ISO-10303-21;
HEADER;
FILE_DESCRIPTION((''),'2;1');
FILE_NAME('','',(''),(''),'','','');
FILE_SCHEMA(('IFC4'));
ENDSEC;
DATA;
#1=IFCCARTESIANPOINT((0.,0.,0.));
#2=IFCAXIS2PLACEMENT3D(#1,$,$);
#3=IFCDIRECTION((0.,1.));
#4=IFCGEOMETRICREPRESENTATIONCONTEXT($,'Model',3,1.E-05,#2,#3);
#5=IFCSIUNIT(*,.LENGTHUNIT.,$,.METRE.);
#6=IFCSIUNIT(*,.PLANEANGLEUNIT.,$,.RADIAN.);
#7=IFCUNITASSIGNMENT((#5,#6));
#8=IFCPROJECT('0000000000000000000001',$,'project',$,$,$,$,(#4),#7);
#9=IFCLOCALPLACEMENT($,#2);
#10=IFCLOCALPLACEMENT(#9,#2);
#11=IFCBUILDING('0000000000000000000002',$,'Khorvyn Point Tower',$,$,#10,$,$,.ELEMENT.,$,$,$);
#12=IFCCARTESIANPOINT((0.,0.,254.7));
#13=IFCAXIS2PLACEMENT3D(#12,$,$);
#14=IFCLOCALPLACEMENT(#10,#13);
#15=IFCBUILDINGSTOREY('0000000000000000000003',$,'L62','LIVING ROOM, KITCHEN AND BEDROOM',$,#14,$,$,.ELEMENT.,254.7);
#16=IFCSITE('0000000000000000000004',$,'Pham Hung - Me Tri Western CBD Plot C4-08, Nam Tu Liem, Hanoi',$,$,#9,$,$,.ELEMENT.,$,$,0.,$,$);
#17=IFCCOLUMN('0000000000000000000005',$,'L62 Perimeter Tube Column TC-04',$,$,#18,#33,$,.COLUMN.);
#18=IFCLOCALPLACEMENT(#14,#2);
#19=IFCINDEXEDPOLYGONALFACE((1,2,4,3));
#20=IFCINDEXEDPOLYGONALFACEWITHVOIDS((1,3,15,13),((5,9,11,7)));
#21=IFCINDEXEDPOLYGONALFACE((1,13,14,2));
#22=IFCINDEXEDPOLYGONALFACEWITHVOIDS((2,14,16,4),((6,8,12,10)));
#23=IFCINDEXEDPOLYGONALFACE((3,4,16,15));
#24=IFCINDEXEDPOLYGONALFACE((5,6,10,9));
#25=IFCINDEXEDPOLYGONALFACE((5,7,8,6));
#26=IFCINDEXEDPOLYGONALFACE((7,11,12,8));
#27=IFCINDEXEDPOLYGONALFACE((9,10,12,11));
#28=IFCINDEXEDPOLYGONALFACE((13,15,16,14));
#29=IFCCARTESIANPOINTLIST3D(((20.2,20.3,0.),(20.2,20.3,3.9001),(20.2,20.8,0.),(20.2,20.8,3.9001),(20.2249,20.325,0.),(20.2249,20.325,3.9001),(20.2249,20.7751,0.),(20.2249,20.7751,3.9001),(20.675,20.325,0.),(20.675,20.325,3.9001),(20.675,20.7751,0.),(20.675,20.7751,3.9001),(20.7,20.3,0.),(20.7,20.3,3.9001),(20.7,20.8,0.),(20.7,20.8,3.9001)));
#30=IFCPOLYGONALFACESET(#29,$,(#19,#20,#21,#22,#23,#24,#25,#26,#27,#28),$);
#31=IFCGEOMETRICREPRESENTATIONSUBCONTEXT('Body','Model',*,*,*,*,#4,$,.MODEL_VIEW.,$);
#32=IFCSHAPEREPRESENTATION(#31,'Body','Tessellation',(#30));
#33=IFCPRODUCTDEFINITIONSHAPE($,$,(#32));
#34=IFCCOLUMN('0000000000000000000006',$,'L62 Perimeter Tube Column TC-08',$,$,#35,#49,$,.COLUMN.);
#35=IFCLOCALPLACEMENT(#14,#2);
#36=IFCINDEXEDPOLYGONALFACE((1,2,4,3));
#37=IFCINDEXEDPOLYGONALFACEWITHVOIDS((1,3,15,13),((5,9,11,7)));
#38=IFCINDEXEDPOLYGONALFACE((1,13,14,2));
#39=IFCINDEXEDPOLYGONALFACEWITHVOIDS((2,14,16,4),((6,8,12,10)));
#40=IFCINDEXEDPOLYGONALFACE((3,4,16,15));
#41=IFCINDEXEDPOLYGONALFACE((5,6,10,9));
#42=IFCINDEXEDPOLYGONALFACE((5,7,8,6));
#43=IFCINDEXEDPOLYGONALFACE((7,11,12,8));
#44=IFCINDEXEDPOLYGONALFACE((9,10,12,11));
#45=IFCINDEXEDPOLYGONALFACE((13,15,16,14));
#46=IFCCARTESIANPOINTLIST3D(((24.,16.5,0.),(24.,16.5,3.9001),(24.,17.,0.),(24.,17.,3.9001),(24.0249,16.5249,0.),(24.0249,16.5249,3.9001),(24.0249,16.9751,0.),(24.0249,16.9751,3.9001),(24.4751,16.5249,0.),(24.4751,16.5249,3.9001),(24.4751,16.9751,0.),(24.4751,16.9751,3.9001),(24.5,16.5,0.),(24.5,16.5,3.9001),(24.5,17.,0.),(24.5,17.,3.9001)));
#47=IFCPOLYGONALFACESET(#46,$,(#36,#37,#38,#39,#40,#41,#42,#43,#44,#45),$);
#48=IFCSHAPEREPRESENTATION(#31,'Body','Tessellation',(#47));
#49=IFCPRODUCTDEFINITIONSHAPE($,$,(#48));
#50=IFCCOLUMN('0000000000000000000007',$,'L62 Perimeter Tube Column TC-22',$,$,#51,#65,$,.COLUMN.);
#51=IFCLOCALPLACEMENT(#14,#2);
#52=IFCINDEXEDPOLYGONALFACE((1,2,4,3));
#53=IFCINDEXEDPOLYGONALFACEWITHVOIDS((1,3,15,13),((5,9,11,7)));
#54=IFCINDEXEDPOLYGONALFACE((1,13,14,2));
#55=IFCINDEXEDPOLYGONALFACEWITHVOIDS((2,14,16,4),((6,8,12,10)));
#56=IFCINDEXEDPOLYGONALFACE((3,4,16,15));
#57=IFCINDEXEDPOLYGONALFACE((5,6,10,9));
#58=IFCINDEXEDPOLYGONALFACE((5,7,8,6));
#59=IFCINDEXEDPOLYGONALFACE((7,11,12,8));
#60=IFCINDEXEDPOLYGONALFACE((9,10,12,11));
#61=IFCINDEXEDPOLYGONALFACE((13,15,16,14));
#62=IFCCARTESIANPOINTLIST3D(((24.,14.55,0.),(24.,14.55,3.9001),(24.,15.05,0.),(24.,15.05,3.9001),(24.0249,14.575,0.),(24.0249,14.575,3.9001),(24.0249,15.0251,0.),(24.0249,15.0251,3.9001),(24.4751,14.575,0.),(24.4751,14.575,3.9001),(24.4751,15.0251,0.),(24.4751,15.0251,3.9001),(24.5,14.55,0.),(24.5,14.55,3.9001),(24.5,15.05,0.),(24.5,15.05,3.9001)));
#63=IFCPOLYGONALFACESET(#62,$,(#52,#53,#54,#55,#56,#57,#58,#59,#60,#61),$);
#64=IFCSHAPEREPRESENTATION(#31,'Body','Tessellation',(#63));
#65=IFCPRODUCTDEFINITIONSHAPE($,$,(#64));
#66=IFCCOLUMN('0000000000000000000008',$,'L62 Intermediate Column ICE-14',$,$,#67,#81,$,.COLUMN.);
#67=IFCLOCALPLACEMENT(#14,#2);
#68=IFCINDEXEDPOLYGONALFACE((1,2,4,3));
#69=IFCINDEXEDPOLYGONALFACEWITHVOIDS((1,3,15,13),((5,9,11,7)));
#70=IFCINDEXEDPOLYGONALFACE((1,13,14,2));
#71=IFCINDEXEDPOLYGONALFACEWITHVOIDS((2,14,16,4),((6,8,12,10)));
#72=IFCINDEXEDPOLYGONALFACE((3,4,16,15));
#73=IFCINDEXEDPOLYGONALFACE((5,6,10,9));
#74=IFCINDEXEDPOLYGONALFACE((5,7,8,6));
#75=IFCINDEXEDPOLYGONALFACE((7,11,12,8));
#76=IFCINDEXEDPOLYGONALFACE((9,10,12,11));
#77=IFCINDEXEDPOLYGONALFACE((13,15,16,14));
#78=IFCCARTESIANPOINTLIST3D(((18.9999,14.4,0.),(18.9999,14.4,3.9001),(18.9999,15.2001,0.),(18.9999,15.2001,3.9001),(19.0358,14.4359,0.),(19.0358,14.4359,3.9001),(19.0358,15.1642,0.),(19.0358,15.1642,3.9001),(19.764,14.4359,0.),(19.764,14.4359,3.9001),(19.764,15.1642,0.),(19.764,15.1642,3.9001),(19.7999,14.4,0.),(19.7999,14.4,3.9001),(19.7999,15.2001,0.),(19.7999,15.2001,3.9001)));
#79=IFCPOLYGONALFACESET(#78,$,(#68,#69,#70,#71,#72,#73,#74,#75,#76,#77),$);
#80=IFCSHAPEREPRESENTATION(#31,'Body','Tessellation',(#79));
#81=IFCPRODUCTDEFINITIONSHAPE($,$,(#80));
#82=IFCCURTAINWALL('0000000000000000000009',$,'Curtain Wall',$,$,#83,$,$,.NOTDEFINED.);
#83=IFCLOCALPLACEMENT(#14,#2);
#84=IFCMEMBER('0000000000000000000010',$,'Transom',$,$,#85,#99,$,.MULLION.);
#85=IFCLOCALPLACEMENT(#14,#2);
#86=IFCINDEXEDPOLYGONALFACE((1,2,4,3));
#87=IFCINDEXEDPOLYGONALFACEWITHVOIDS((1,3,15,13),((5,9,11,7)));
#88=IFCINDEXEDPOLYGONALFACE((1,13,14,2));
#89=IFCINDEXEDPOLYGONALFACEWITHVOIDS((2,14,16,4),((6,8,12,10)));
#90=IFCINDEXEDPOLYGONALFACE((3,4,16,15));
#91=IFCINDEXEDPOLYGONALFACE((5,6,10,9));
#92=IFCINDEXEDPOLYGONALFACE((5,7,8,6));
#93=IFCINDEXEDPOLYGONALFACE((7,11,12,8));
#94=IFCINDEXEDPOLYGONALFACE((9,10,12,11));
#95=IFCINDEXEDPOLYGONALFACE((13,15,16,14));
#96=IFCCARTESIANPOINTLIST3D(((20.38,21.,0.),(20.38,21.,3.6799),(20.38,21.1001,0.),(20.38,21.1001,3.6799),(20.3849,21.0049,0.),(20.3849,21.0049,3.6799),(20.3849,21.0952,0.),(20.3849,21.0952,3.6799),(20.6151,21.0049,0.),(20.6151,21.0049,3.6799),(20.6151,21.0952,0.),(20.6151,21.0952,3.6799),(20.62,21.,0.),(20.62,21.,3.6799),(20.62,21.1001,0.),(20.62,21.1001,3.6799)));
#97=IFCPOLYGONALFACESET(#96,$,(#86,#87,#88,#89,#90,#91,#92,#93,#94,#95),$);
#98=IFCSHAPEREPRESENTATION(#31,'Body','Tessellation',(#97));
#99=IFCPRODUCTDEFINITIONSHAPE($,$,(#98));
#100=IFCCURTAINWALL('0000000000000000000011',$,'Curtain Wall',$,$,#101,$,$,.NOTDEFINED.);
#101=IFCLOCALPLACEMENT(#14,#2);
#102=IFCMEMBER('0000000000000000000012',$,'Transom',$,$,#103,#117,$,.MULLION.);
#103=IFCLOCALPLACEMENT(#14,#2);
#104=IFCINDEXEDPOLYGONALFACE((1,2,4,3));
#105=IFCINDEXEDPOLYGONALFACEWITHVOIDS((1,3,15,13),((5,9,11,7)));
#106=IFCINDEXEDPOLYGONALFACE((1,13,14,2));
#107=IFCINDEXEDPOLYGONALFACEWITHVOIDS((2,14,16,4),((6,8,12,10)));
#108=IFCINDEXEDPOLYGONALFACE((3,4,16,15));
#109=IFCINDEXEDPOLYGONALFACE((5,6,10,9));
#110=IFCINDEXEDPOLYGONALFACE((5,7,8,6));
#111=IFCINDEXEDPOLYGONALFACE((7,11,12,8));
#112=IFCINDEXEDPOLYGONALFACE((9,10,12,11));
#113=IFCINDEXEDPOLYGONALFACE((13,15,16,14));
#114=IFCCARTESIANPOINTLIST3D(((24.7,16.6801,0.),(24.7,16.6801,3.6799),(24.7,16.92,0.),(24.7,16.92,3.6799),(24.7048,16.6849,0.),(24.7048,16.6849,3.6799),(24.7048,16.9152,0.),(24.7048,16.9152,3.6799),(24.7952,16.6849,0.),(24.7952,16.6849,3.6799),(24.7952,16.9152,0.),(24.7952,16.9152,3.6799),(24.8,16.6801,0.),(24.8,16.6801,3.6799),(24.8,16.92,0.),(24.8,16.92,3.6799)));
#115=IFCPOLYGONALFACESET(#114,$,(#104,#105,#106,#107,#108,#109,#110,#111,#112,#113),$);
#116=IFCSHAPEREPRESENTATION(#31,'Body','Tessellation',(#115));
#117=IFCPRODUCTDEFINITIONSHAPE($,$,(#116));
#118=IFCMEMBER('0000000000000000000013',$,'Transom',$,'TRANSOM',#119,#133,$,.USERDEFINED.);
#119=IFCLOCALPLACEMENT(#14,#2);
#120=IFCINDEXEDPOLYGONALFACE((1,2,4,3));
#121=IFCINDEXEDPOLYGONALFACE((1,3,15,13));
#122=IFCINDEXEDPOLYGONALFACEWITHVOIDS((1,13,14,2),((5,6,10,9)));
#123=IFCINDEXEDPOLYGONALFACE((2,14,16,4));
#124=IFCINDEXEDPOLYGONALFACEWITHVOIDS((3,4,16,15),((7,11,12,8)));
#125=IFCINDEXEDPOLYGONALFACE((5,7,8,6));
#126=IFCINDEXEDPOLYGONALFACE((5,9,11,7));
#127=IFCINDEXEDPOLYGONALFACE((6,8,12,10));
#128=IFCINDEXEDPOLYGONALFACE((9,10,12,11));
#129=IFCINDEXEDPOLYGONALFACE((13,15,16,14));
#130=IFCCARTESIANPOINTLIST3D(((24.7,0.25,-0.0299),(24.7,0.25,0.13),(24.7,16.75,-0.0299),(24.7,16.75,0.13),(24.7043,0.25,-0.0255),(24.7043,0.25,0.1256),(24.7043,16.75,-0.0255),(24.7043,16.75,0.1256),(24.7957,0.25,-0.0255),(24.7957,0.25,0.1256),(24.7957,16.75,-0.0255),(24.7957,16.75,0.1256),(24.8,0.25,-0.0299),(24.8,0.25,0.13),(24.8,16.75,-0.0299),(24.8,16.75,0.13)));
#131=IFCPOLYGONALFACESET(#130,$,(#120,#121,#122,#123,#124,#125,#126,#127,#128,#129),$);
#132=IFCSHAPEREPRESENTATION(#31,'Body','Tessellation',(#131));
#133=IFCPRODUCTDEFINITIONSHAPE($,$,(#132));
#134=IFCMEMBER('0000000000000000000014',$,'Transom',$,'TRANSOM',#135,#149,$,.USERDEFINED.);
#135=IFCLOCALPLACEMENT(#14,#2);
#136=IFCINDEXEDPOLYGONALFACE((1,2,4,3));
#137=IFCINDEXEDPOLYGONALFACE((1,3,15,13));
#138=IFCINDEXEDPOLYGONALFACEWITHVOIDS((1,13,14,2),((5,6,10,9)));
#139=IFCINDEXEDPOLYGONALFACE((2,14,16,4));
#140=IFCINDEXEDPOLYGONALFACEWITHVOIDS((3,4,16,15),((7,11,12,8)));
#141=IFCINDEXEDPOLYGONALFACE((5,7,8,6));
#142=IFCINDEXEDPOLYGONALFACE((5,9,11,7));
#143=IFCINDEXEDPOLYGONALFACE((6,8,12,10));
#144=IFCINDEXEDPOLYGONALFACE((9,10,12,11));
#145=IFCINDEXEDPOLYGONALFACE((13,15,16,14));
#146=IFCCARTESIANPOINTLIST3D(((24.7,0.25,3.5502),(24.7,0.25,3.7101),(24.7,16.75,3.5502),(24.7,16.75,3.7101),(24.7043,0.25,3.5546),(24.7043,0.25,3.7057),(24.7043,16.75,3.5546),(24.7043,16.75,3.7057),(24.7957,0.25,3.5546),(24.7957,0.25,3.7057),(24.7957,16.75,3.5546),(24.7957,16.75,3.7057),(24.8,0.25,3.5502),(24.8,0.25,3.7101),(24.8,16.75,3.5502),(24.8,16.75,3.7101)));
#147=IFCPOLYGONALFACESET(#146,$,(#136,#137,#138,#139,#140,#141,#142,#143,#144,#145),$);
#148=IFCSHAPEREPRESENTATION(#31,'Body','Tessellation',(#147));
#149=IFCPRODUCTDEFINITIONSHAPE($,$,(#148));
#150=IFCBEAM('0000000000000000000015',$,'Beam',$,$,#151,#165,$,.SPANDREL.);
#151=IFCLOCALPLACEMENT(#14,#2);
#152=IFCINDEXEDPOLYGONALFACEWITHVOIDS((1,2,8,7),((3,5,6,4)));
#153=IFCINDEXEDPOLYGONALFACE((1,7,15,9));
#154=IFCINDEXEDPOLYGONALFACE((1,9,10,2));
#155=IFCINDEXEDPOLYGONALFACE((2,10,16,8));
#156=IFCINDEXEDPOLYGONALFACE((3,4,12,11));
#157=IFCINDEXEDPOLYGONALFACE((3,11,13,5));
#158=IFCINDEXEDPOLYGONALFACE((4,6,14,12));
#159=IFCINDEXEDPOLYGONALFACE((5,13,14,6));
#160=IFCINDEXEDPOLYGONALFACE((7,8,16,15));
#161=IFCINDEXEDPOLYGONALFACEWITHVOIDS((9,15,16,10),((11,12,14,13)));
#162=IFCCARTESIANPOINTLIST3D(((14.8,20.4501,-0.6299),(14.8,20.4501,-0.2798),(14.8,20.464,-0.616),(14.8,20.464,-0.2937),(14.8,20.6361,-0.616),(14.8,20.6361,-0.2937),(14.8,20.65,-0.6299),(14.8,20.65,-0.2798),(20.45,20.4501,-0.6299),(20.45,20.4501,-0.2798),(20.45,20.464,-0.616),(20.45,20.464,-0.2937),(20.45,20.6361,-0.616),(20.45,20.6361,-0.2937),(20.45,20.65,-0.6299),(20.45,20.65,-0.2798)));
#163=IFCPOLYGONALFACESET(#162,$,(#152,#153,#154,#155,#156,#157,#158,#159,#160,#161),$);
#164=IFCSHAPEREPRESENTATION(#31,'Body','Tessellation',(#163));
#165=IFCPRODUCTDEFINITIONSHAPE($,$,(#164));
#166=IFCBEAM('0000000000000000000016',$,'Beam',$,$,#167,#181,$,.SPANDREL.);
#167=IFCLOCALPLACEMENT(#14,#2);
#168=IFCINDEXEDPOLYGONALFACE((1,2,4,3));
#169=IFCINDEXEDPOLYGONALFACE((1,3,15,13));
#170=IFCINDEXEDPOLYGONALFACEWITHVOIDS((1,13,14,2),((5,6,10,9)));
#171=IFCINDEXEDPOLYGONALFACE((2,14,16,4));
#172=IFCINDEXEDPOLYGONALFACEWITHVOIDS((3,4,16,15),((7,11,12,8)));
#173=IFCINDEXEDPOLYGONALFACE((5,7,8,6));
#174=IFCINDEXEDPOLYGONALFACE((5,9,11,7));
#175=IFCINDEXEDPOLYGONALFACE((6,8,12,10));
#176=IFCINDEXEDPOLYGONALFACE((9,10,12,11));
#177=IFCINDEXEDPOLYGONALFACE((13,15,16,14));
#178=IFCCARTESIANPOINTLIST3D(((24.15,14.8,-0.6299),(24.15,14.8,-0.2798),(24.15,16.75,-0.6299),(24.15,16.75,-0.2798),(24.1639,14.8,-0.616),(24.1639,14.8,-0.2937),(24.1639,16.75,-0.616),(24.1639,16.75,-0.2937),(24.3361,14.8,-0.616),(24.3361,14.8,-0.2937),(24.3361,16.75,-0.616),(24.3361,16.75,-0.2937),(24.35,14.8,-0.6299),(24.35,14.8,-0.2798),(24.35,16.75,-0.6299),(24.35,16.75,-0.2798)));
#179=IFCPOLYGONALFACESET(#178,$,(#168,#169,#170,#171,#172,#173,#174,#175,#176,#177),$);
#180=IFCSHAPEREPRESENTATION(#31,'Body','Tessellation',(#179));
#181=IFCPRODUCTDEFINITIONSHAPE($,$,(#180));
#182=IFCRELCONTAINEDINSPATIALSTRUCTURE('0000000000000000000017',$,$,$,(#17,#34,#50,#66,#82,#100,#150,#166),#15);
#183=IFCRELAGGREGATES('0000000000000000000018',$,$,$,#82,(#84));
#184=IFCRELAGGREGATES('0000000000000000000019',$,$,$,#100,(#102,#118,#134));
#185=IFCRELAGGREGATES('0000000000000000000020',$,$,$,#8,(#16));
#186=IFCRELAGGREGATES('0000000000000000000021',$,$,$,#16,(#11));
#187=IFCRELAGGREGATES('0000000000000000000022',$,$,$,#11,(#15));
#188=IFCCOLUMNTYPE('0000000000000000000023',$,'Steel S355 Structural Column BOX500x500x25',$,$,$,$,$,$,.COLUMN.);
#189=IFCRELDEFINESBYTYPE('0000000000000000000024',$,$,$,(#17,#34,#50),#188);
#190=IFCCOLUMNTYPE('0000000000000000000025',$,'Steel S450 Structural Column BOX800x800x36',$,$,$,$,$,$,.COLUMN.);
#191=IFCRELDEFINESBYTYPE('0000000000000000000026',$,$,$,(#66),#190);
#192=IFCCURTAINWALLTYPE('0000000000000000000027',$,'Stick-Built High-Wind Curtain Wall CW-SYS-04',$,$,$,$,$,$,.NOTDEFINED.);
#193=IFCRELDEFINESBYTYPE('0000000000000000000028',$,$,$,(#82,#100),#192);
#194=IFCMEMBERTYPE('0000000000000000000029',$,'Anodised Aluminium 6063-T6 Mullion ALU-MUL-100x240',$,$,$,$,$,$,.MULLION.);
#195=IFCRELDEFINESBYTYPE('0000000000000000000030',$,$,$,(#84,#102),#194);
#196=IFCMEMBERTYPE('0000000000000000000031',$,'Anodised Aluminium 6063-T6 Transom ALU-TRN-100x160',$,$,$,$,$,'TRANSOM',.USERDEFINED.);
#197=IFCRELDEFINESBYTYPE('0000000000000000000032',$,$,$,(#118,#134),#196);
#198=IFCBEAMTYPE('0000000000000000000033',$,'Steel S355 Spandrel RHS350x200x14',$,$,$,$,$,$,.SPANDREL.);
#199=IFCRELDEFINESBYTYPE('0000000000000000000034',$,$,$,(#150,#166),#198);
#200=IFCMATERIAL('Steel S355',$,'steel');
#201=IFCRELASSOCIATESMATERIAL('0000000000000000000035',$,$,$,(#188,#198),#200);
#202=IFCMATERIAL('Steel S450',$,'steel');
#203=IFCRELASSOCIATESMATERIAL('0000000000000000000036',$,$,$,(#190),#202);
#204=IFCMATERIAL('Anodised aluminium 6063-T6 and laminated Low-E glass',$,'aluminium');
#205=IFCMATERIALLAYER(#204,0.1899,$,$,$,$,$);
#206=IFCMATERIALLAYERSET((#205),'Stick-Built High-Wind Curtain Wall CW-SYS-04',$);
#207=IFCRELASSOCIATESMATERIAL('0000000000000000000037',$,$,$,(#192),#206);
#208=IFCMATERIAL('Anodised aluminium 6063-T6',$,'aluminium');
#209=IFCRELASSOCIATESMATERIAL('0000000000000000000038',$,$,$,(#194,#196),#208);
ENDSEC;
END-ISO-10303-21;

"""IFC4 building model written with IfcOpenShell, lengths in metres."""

from ifc_helpers import new_model, si_unit, direction, frame, origin, origin_2d, place, context, subcontext, project, spatial, hollow_rectangle, extrude, material, layer, layer_set, material_profile, profile_set, type_object, element, aggregate, save


model = new_model("IFC4")

# Units and contexts
model_context = context("Model", 3, precision=1e-05, world=origin(), true_north=direction((0.0, 1.0)))
body_context = subcontext(model_context, "Body", "Model", "MODEL_VIEW")
ifc_project = project(units=[si_unit("LENGTHUNIT", "METRE"), si_unit("PLANEANGLEUNIT", "RADIAN")], contexts=[model_context])

# Site, building, storey
site_placement = place(None, origin())
site = spatial("IfcSite", under=ifc_project, at=site_placement, Name="Pham Hung - Me Tri Western CBD Plot C4-08, Nam Tu Liem, Hanoi", CompositionType="ELEMENT", RefElevation=0.0)
building_placement = place(site_placement, origin())
building = spatial("IfcBuilding", under=site, at=building_placement, Name="Khorvyn Point Tower", CompositionType="ELEMENT")
storey_placement = place(building_placement, frame((0.0, 0.0, 254.7)))
storey = spatial("IfcBuildingStorey", under=building, at=storey_placement, Name="L62", Description="LIVING ROOM, KITCHEN AND BEDROOM", CompositionType="ELEMENT", Elevation=254.7)

# Columns
ifc_material_1 = material(Name="Steel S355", Category="steel")
ifc_material_profile_1 = material_profile(ifc_material_1, hollow_rectangle(XDim=0.5, YDim=0.5, WallThickness=0.0249, at=origin_2d()))
ifc_profile_set_1 = profile_set([ifc_material_profile_1], Name="Steel S355 BOX500x500x25")
column_type_1 = type_object("IfcColumnType", Name="Steel S355 Structural Column BOX500x500x25", PredefinedType="COLUMN", material=ifc_profile_set_1)
for number, where, z_axis, x_axis, name in (
    (1, (20.45, 20.55, 0.0), (0.0, 0.0, 1.0), (1.0, 0.0, 0.0), "L62 Perimeter Tube Column TC-04"),
    (2, (24.25, 16.75, 0.0), (0.0, 0.0, 1.0), (1.0, 0.0, 0.0), "L62 Perimeter Tube Column TC-08"),
    (3, (24.25, 14.8, 0.0), (0.0, 0.0, 1.0), (1.0, 0.0, 0.0), "L62 Perimeter Tube Column TC-22"),
):
    element("IfcColumn", number, at=place(storey_placement, frame(where, z_axis=z_axis, x_axis=x_axis)), inside=storey, type_object=column_type_1, Name=name, PredefinedType="COLUMN", context=body_context, shape_type="SweptSolid", body=[
        extrude(hollow_rectangle(XDim=0.5, YDim=0.5, WallThickness=0.0249, at=origin_2d()), origin(), (0.0, 0.0, 1.0), 3.9001),
    ])
ifc_material_2 = material(Name="Steel S450", Category="steel")
ifc_material_profile_2 = material_profile(ifc_material_2, hollow_rectangle(XDim=0.8, YDim=0.8, WallThickness=0.0359, at=origin_2d()))
ifc_profile_set_2 = profile_set([ifc_material_profile_2], Name="Steel S450 BOX800x800x36")
column_type_2 = type_object("IfcColumnType", Name="Steel S450 Structural Column BOX800x800x36", PredefinedType="COLUMN", material=ifc_profile_set_2)
column_placement = place(storey_placement, frame((19.3999, 14.8, 0.0), z_axis=(0.0, 0.0, 1.0), x_axis=(1.0, 0.0, 0.0)))
element("IfcColumn", 4, at=column_placement, inside=storey, type_object=column_type_2, Name="L62 Intermediate Column ICE-14", PredefinedType="COLUMN", context=body_context, shape_type="SweptSolid", body=[
    extrude(hollow_rectangle(XDim=0.8, YDim=0.8, WallThickness=0.0359, at=origin_2d()), origin(), (0.0, 0.0, 1.0), 3.9001),
])

# Curtain wall, member
ifc_material_3 = material(Name="Anodised aluminium 6063-T6 and laminated Low-E glass", Category="aluminium")
ifc_layer_1 = layer(ifc_material_3, 0.1899)
ifc_layer_set_1 = layer_set([ifc_layer_1], Name="Stick-Built High-Wind Curtain Wall CW-SYS-04")
curtain_wall_type = type_object("IfcCurtainWallType", Name="Stick-Built High-Wind Curtain Wall CW-SYS-04", PredefinedType="NOTDEFINED", material=ifc_layer_set_1)
curtain_wall_1_placement = place(storey_placement, origin())
curtain_wall_1 = element("IfcCurtainWall", 5, at=curtain_wall_1_placement, inside=storey, type_object=curtain_wall_type, Name="Curtain Wall", PredefinedType="NOTDEFINED")
ifc_material_4 = material(Name="Anodised aluminium 6063-T6", Category="aluminium")
ifc_material_profile_3 = material_profile(ifc_material_4, hollow_rectangle(XDim=0.1001, YDim=0.24, WallThickness=0.0049, at=origin_2d()))
ifc_profile_set_3 = profile_set([ifc_material_profile_3], Name="Anodised aluminium 6063-T6 ALU-MUL-100x240")
member_type_1 = type_object("IfcMemberType", Name="Anodised Aluminium 6063-T6 Mullion ALU-MUL-100x240", PredefinedType="MULLION", material=ifc_profile_set_3)
member_1_placement = place(storey_placement, frame((20.5, 21.05, 0.0), z_axis=(0.0, 0.0, 1.0), x_axis=(0.0, 1.0, 0.0)))
member_1 = element("IfcMember", 6, at=member_1_placement, type_object=member_type_1, Name="Transom", PredefinedType="MULLION", context=body_context, shape_type="SweptSolid", body=[
    extrude(hollow_rectangle(XDim=0.1001, YDim=0.24, WallThickness=0.0049, at=origin_2d()), origin(), (0.0, 0.0, 1.0), 3.6799),
])

# Curtain wall, members
curtain_wall_2_placement = place(storey_placement, origin())
curtain_wall_2 = element("IfcCurtainWall", 7, at=curtain_wall_2_placement, inside=storey, type_object=curtain_wall_type, Name="Curtain Wall", PredefinedType="NOTDEFINED")
member_2_placement = place(storey_placement, frame((24.75, 16.8, 0.0), z_axis=(0.0, 0.0, 1.0), x_axis=(1.0, 0.0, 0.0)))
member_2 = element("IfcMember", 8, at=member_2_placement, type_object=member_type_1, Name="Transom", PredefinedType="MULLION", context=body_context, shape_type="SweptSolid", body=[
    extrude(hollow_rectangle(XDim=0.1001, YDim=0.24, WallThickness=0.0049, at=origin_2d()), origin(), (0.0, 0.0, 1.0), 3.6799),
])
ifc_material_profile_4 = material_profile(ifc_material_4, hollow_rectangle(XDim=0.1001, YDim=0.1599, WallThickness=0.0044, at=origin_2d()))
ifc_profile_set_4 = profile_set([ifc_material_profile_4], Name="Anodised aluminium 6063-T6 ALU-TRN-100x160")
member_type_2 = type_object("IfcMemberType", Name="Anodised Aluminium 6063-T6 Transom ALU-TRN-100x160", ElementType="TRANSOM", PredefinedType="USERDEFINED", material=ifc_profile_set_4)
member_3_placement = place(storey_placement, frame((24.75, 16.75, 0.05), z_axis=(0.0, -1.0, 0.0), x_axis=(1.0, 0.0, 0.0)))
member_3 = element("IfcMember", 9, at=member_3_placement, type_object=member_type_2, Name="Transom", ObjectType="TRANSOM", PredefinedType="USERDEFINED", context=body_context, shape_type="SweptSolid", body=[
    extrude(hollow_rectangle(XDim=0.1001, YDim=0.1599, WallThickness=0.0044, at=origin_2d()), origin(), (0.0, 0.0, 1.0), 16.5),
])
member_4_placement = place(storey_placement, frame((24.75, 16.75, 3.6301), z_axis=(0.0, -1.0, 0.0), x_axis=(1.0, 0.0, 0.0)))
member_4 = element("IfcMember", 10, at=member_4_placement, type_object=member_type_2, Name="Transom", ObjectType="TRANSOM", PredefinedType="USERDEFINED", context=body_context, shape_type="SweptSolid", body=[
    extrude(hollow_rectangle(XDim=0.1001, YDim=0.1599, WallThickness=0.0044, at=origin_2d()), origin(), (0.0, 0.0, 1.0), 16.5),
])

# Beams
ifc_material_profile_5 = material_profile(ifc_material_1, hollow_rectangle(XDim=0.2, YDim=0.3501, WallThickness=0.0139, at=origin_2d()))
ifc_profile_set_5 = profile_set([ifc_material_profile_5], Name="Steel S355 RHS350x200x14")
beam_type_1 = type_object("IfcBeamType", Name="Steel S355 Spandrel RHS350x200x14", PredefinedType="SPANDREL", material=ifc_profile_set_5)
beam_1_placement = place(storey_placement, frame((14.8, 20.55, -0.4548), z_axis=(1.0, 0.0, 0.0), x_axis=(0.0, 1.0, 0.0)))
element("IfcBeam", 11, at=beam_1_placement, inside=storey, type_object=beam_type_1, Name="Beam", PredefinedType="SPANDREL", context=body_context, shape_type="SweptSolid", body=[
    extrude(hollow_rectangle(XDim=0.2, YDim=0.3501, WallThickness=0.0139, at=origin_2d()), origin(), (0.0, 0.0, 1.0), 5.6499),
])
beam_2_placement = place(storey_placement, frame((24.25, 14.8, -0.4548), z_axis=(0.0, 1.0, 0.0), x_axis=(-1.0, 0.0, 0.0)))
element("IfcBeam", 12, at=beam_2_placement, inside=storey, type_object=beam_type_1, Name="Beam", PredefinedType="SPANDREL", context=body_context, shape_type="SweptSolid", body=[
    extrude(hollow_rectangle(XDim=0.2, YDim=0.3501, WallThickness=0.0139, at=origin_2d()), origin(), (0.0, 0.0, 1.0), 1.95),
])

aggregate(curtain_wall_1, [member_1])
aggregate(curtain_wall_2, [member_2, member_3, member_4])

save(model, "model.ifc")
